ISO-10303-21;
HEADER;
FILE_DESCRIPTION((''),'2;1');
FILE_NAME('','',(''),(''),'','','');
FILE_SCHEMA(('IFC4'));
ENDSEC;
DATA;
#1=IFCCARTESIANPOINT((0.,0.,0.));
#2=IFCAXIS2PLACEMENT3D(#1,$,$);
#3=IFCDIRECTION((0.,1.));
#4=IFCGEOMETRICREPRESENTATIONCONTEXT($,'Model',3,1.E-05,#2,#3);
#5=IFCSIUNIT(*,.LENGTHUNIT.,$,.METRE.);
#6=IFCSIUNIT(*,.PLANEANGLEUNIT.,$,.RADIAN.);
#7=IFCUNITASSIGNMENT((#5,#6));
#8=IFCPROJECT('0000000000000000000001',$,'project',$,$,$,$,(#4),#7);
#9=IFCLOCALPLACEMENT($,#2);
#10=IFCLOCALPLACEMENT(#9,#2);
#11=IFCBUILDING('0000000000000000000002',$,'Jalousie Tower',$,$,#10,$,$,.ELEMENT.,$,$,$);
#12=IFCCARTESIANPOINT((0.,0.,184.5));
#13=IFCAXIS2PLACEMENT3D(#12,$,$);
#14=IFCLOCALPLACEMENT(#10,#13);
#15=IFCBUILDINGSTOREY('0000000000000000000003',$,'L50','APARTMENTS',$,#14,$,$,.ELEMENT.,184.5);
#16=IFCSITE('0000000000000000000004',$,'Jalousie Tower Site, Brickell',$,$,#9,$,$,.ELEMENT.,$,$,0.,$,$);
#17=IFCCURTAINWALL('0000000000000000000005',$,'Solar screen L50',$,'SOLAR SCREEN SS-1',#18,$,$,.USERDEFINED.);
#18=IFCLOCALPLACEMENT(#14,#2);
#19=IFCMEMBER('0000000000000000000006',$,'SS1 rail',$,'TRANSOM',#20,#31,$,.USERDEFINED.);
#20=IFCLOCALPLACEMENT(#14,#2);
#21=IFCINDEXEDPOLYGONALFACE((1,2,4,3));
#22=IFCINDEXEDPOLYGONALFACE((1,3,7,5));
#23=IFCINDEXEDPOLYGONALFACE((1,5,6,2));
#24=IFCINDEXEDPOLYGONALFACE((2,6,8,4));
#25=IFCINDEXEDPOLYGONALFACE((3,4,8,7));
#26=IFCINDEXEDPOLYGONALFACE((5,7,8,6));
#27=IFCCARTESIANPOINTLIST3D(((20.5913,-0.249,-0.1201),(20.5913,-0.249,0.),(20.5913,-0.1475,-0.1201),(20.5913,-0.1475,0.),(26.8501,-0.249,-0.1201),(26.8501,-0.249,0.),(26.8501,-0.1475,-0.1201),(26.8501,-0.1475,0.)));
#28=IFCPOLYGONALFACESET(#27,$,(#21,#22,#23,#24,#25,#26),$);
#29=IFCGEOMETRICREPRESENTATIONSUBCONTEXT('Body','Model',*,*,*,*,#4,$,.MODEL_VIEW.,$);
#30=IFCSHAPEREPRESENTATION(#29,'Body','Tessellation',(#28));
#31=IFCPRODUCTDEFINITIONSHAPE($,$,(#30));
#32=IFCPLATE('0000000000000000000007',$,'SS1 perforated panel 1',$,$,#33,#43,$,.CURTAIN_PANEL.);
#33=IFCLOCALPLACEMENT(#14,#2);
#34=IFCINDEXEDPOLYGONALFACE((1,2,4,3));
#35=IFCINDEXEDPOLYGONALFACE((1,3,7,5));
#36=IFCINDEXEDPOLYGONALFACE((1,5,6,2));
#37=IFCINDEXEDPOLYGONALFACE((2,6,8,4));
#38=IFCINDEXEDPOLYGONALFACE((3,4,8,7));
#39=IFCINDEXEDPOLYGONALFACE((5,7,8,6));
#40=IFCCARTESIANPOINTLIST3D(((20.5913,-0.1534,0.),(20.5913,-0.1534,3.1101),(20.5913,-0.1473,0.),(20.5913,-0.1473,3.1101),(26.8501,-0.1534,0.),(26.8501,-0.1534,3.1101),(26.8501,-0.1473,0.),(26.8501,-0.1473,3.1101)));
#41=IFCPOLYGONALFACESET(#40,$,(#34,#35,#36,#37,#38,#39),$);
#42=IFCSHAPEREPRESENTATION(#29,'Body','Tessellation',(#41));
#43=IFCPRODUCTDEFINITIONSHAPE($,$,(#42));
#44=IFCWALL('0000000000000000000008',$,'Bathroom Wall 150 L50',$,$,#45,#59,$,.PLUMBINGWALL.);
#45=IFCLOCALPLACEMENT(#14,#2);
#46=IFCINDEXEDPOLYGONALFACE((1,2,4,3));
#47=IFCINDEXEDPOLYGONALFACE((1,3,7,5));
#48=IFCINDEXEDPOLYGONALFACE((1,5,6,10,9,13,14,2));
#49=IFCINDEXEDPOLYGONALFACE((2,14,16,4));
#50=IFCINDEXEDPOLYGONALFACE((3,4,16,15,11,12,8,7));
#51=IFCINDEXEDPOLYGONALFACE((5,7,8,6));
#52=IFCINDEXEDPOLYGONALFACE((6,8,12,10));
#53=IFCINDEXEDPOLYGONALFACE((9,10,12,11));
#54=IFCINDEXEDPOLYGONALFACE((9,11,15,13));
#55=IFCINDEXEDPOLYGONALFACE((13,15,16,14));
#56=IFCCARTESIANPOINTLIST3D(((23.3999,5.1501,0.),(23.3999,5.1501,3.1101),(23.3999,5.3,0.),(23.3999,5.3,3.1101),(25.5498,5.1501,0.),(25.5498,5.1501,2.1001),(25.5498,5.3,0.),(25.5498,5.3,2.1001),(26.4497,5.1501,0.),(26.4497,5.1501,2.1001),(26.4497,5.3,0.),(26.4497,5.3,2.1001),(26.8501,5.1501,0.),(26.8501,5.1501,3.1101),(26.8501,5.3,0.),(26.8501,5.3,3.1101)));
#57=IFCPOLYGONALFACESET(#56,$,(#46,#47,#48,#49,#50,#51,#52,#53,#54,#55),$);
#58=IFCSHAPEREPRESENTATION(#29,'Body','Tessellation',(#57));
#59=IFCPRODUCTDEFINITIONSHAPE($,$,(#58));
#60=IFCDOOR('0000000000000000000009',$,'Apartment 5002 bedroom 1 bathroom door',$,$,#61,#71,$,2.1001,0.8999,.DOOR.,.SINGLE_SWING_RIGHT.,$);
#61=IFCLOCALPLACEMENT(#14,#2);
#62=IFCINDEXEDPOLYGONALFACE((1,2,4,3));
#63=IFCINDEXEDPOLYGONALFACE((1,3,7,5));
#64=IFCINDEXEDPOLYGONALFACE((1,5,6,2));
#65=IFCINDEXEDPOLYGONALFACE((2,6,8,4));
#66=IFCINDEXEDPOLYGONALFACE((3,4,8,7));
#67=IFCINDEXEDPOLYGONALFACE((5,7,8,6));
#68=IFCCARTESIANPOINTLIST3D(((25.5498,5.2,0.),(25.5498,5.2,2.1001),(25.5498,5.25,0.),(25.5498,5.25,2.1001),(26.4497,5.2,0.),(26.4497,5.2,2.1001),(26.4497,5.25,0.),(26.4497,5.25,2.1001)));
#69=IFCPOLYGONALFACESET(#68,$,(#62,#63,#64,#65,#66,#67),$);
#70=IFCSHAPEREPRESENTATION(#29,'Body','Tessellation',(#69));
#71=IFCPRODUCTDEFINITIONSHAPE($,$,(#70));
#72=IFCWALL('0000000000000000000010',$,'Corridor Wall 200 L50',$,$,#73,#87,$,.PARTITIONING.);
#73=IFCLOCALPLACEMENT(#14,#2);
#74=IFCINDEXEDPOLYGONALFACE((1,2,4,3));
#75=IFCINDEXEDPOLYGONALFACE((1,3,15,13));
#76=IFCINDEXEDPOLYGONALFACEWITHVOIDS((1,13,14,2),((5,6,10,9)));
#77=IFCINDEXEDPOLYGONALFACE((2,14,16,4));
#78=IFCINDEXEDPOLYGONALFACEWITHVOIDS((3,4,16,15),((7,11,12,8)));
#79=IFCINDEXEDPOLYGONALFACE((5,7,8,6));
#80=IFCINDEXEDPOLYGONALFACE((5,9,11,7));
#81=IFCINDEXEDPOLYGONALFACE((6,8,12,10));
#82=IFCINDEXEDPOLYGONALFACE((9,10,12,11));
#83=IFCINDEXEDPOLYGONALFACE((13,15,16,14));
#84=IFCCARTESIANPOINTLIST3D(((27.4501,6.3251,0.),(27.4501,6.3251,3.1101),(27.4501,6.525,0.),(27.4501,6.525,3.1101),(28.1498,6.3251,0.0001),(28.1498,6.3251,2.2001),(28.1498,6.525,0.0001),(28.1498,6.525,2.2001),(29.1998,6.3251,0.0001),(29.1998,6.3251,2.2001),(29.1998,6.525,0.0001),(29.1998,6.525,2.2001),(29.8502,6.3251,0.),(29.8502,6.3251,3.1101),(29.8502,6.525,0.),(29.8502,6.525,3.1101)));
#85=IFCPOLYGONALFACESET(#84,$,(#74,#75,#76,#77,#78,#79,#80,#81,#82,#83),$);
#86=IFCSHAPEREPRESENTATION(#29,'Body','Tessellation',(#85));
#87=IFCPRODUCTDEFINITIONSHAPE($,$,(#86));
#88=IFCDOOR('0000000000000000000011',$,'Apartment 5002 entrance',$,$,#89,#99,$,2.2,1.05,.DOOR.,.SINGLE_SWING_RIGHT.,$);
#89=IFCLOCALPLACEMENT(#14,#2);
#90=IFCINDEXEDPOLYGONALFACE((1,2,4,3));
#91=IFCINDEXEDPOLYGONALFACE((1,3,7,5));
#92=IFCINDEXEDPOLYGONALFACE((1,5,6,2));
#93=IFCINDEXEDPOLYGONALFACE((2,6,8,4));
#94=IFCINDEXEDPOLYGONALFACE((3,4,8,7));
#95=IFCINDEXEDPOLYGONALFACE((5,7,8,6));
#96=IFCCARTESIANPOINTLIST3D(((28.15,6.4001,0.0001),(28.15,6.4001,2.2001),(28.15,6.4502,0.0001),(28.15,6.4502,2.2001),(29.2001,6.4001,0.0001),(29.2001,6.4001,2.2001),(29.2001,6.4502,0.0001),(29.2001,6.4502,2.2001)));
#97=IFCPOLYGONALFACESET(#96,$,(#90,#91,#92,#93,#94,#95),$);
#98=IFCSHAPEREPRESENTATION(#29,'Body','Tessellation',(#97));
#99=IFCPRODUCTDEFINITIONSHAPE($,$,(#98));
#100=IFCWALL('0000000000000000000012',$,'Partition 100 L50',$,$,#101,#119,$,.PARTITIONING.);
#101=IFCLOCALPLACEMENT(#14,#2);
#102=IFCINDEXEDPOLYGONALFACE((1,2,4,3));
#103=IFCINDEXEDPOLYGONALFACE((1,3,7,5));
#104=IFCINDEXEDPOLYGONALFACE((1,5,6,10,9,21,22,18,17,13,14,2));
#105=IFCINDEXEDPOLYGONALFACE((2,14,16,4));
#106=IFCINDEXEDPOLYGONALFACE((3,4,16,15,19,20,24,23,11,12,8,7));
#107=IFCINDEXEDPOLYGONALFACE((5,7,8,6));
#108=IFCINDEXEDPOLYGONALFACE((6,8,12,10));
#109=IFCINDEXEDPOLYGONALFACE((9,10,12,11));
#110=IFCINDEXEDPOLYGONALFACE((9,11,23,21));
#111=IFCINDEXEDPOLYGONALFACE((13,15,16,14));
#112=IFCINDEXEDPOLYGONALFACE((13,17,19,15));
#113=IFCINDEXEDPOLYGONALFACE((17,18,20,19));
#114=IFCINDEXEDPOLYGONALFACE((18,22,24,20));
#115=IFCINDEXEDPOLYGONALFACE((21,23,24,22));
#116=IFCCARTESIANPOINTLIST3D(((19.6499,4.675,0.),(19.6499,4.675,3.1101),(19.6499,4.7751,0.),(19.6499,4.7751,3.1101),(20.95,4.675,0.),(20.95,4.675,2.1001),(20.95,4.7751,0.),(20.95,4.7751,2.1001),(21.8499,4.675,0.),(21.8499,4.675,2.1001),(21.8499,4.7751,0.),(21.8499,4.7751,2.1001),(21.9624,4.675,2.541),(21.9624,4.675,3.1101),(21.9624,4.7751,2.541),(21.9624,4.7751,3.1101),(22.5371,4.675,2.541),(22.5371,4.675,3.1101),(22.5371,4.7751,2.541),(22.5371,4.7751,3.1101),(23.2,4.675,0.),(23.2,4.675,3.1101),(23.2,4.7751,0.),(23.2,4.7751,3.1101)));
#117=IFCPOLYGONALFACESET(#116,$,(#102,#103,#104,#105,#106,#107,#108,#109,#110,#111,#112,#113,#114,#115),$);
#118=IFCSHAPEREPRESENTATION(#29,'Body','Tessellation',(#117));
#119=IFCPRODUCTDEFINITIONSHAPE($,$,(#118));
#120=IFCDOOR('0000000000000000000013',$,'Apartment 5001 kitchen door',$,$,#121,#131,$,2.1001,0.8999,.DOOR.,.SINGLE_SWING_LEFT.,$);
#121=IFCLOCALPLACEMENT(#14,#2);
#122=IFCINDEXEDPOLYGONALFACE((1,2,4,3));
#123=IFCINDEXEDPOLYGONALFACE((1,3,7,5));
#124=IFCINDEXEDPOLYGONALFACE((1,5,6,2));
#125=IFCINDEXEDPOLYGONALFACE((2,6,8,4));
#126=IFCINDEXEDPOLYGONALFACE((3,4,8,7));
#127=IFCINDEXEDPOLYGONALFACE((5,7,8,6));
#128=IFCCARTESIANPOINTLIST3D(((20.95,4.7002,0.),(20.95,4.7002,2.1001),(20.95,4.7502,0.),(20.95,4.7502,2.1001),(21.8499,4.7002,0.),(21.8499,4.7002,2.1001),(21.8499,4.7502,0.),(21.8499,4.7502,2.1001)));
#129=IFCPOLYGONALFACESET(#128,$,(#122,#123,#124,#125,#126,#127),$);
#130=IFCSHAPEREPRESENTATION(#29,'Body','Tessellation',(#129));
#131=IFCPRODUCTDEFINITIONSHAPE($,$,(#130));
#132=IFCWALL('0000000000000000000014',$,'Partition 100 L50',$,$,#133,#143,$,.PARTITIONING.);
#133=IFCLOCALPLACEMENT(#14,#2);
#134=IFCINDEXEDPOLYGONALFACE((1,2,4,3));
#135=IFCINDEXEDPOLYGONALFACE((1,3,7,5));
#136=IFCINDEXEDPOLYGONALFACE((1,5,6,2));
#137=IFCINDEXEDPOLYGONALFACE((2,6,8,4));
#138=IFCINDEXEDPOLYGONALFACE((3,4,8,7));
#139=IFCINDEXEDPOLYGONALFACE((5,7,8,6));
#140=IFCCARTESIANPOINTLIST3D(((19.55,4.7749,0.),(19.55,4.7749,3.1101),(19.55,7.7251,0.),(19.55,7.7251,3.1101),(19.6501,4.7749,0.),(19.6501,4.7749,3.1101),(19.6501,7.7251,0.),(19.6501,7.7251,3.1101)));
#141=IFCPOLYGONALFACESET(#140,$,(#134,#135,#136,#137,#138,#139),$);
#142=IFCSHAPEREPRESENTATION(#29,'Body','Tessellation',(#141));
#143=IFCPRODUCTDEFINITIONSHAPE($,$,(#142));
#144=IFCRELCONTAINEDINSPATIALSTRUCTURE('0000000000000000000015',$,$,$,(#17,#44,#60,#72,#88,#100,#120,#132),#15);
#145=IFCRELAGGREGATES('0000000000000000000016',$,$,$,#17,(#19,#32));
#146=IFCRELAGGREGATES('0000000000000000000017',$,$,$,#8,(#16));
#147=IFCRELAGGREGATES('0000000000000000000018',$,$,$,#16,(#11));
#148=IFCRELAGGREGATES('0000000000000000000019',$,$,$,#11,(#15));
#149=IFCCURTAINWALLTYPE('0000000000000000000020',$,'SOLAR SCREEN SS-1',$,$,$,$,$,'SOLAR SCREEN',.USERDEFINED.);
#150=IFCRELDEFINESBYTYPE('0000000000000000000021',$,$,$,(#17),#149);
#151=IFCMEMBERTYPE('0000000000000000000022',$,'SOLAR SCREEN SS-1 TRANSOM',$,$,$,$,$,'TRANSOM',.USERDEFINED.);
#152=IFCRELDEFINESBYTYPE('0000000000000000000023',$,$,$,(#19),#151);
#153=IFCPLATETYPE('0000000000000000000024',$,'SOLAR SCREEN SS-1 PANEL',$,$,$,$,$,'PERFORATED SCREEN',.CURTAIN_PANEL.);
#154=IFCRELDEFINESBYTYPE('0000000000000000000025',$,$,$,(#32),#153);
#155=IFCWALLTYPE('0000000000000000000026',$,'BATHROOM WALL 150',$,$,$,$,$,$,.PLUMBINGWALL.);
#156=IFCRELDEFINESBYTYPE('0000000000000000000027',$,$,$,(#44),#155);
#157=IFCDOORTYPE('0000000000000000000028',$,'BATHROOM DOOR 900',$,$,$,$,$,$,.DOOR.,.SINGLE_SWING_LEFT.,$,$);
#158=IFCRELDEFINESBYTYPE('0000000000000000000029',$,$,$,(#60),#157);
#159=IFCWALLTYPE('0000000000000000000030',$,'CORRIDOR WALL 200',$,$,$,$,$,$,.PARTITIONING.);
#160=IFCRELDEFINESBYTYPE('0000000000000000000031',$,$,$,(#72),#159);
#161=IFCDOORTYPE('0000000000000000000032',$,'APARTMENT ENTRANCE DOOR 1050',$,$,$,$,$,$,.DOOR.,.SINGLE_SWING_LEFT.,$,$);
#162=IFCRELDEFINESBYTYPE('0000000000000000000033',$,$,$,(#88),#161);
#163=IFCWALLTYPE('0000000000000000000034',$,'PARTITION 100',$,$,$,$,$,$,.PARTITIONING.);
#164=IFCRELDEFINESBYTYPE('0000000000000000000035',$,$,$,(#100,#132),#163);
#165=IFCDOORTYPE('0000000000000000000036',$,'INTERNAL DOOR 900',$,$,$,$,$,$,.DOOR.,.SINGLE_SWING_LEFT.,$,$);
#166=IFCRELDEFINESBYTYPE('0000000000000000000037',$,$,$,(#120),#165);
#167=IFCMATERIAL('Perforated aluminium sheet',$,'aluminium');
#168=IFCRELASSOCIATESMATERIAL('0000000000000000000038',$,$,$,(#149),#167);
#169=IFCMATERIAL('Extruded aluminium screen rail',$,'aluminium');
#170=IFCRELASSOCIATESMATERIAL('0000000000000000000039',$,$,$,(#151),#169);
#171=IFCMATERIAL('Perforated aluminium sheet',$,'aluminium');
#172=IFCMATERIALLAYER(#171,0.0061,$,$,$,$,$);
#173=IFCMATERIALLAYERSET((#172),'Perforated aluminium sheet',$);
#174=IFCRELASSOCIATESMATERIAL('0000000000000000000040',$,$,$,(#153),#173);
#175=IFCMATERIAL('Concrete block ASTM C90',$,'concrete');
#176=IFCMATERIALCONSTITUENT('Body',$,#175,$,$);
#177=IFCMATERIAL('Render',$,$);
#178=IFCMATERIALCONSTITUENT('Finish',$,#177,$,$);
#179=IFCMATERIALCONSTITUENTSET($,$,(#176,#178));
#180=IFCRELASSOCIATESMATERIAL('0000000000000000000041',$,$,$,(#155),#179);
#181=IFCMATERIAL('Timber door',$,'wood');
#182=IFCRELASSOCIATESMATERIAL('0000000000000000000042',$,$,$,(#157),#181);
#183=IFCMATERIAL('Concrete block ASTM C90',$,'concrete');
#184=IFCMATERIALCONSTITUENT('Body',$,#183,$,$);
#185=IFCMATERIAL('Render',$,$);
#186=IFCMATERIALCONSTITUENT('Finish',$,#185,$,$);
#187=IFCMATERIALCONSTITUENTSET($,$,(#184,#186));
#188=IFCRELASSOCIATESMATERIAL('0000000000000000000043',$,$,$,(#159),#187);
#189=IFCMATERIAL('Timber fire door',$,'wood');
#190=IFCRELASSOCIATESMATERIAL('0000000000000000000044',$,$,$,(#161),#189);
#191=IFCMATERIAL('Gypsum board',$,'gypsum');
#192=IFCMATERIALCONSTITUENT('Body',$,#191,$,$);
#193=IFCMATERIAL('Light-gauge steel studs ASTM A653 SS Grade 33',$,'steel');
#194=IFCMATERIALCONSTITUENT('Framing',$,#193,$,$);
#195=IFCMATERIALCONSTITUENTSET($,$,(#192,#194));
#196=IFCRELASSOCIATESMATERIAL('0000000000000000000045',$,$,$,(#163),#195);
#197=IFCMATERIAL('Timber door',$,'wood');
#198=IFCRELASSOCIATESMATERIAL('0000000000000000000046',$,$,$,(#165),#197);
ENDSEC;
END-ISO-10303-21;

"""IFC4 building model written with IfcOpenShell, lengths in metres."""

from ifc_helpers import new_model, si_unit, direction, frame, frame_2d, origin, origin_2d, place, context, subcontext, project, spatial, polyline, rectangle, outline, extrude, material, layer, layer_set, constituent, constituent_set, material_profile, profile_set, type_object, element, fill, aggregate, save


model = new_model("IFC4")

# Units and contexts
model_context = context("Model", 3, precision=1e-05, world=origin(), true_north=direction((0.0, 1.0)))
body_context = subcontext(model_context, "Body", "Model", "MODEL_VIEW")
ifc_project = project(units=[si_unit("LENGTHUNIT", "METRE"), si_unit("PLANEANGLEUNIT", "RADIAN")], contexts=[model_context])

# Site, building, storey
site_placement = place(None, origin())
site = spatial("IfcSite", under=ifc_project, at=site_placement, Name="Jalousie Tower Site, Brickell", CompositionType="ELEMENT", RefElevation=0.0)
building_placement = place(site_placement, origin())
building = spatial("IfcBuilding", under=site, at=building_placement, Name="Jalousie Tower", CompositionType="ELEMENT")
storey_placement = place(building_placement, frame((0.0, 0.0, 184.5)))
storey = spatial("IfcBuildingStorey", under=building, at=storey_placement, Name="L50", Description="APARTMENTS", CompositionType="ELEMENT", Elevation=184.5)

# Curtain wall, member, plate
ifc_material_1 = material(Name="Perforated aluminium sheet", Category="aluminium")
curtain_wall_type = type_object("IfcCurtainWallType", Name="SOLAR SCREEN SS-1", ElementType="SOLAR SCREEN", PredefinedType="USERDEFINED", material=ifc_material_1)
curtain_wall_placement = place(storey_placement, origin())
curtain_wall = element("IfcCurtainWall", 1, at=curtain_wall_placement, inside=storey, type_object=curtain_wall_type, Name="Solar screen L50", ObjectType="SOLAR SCREEN SS-1", PredefinedType="USERDEFINED")
ifc_material_2 = material(Name="Extruded aluminium screen rail", Category="aluminium")
ifc_material_profile_1 = material_profile(ifc_material_2, rectangle(XDim=0.1016, YDim=0.1201, at=origin_2d()), Name="RAIL 102x120")
ifc_profile_set_1 = profile_set([ifc_material_profile_1], Name="Extruded aluminium screen rail")
member_type_1 = type_object("IfcMemberType", Name="SOLAR SCREEN SS-1 TRANSOM", ElementType="TRANSOM", PredefinedType="USERDEFINED", material=ifc_profile_set_1)
member_1_placement = place(storey_placement, frame((20.5913, -0.1982, -0.0601), z_axis=(1.0, 0.0, 0.0), x_axis=(0.0, 1.0, 0.0)))
member_1 = element("IfcMember", 2, at=member_1_placement, type_object=member_type_1, Name="SS1 rail", ObjectType="TRANSOM", PredefinedType="USERDEFINED", context=body_context, shape_type="SweptSolid", body=[
    extrude(rectangle(XDim=0.1016, YDim=0.1201, at=origin_2d()), origin(), (0.0, 0.0, 1.0), 6.2588),
])
ifc_material_3 = material(Name="Perforated aluminium sheet", Category="aluminium")
ifc_layer_1 = layer(ifc_material_3, 0.0061)
ifc_layer_set_1 = layer_set([ifc_layer_1], Name="Perforated aluminium sheet")
plate_type = type_object("IfcPlateType", Name="SOLAR SCREEN SS-1 PANEL", ElementType="PERFORATED SCREEN", PredefinedType="CURTAIN_PANEL", material=ifc_layer_set_1)
plate_placement = place(storey_placement, frame((23.7207, -0.1504, 0.0), z_axis=(0.0, 0.0, 1.0), x_axis=(1.0, 0.0, 0.0)))
plate = element("IfcPlate", 3, at=plate_placement, type_object=plate_type, Name="SS1 perforated panel 1", PredefinedType="CURTAIN_PANEL", context=body_context, shape_type="SweptSolid", body=[
    extrude(rectangle(XDim=6.2588, YDim=0.0061, at=origin_2d()), origin(), (0.0, 0.0, 1.0), 3.1101),
])
aggregate(curtain_wall, [member_1, plate])

# Walls, openings, doors
ifc_material_4 = material(Name="Concrete block ASTM C90", Category="concrete")
ifc_constituent_1 = constituent(ifc_material_4, Name="Body")
ifc_material_5 = material(Name="Render")
ifc_constituent_2 = constituent(ifc_material_5, Name="Finish")
ifc_constituent_set_1 = constituent_set(constituents=[ifc_constituent_1, ifc_constituent_2])
wall_type_1 = type_object("IfcWallType", Name="BATHROOM WALL 150", PredefinedType="PLUMBINGWALL", material=ifc_constituent_set_1)
wall_1_placement = place(storey_placement, frame((23.3999, 5.2251, 0.0), z_axis=(0.0, 0.0, 1.0), x_axis=(1.0, 0.0, 0.0)))
wall_1 = element("IfcWall", 4, at=wall_1_placement, inside=storey, type_object=wall_type_1, Name="Bathroom Wall 150 L50", PredefinedType="PLUMBINGWALL", context=body_context, shape_type="SweptSolid", body=[
    extrude(rectangle(XDim=3.4502, YDim=0.1499, at=frame_2d((1.7251, 0.0))), origin(), (0.0, 0.0, 1.0), 3.1101),
])
opening_1_placement = place(wall_1_placement, frame((2.1499, 0.0, 0.0)))
opening_1 = element("IfcOpeningElement", 5, at=opening_1_placement, cuts=wall_1, PredefinedType="OPENING", context=body_context, shape_type="SweptSolid", body=[
    extrude(rectangle(XDim=0.8999, YDim=2.1001, at=frame_2d((0.45, 1.05))), frame((0.0, 0.085, 0.0), z_axis=(0.0, -1.0, 0.0), x_axis=(1.0, 0.0, 0.0)), (0.0, 0.0, 1.0), 0.1699),
])
ifc_material_6 = material(Name="Timber door", Category="wood")
door_type_1 = type_object("IfcDoorType", Name="BATHROOM DOOR 900", OperationType="SINGLE_SWING_LEFT", PredefinedType="DOOR", material=ifc_material_6)
door_1_placement = place(opening_1_placement, origin())
door_1 = element("IfcDoor", 6, at=door_1_placement, inside=storey, type_object=door_type_1, Name="Apartment 5002 bedroom 1 bathroom door", OperationType="SINGLE_SWING_RIGHT", OverallHeight=2.1001, OverallWidth=0.8999, PredefinedType="DOOR", context=body_context, shape_type="SweptSolid", body=[
    extrude(rectangle(XDim=0.8999, YDim=2.1001, at=frame_2d((0.45, 1.05))), frame((0.0, 0.0249, 0.0), z_axis=(0.0, -1.0, 0.0), x_axis=(1.0, 0.0, 0.0)), (0.0, 0.0, 1.0), 0.05),
])
fill(opening_1, door_1)
ifc_material_7 = material(Name="Concrete block ASTM C90", Category="concrete")
ifc_constituent_3 = constituent(ifc_material_7, Name="Body")
ifc_material_8 = material(Name="Render")
ifc_constituent_4 = constituent(ifc_material_8, Name="Finish")
ifc_constituent_set_2 = constituent_set(constituents=[ifc_constituent_3, ifc_constituent_4])
wall_type_2 = type_object("IfcWallType", Name="CORRIDOR WALL 200", PredefinedType="PARTITIONING", material=ifc_constituent_set_2)
wall_2_placement = place(storey_placement, frame((27.45, 6.425, 0.0), z_axis=(0.0, 0.0, 1.0), x_axis=(1.0, 0.0, 0.0)))
wall_2 = element("IfcWall", 7, at=wall_2_placement, inside=storey, type_object=wall_type_2, Name="Corridor Wall 200 L50", PredefinedType="PARTITIONING", context=body_context, shape_type="SweptSolid", body=[
    extrude(rectangle(XDim=2.4001, YDim=0.2, at=frame_2d((1.2002, 0.0))), origin(), (0.0, 0.0, 1.0), 3.1101),
])
opening_2_placement = place(wall_2_placement, frame((0.7, 0.0, 0.0)))
opening_2 = element("IfcOpeningElement", 8, at=opening_2_placement, cuts=wall_2, PredefinedType="OPENING", context=body_context, shape_type="SweptSolid", body=[
    extrude(rectangle(XDim=1.05, YDim=2.2, at=frame_2d((0.5249, 1.1001))), frame((0.0, 0.1099, 0.0), z_axis=(0.0, -1.0, 0.0), x_axis=(1.0, 0.0, 0.0)), (0.0, 0.0, 1.0), 0.22),
])
ifc_material_9 = material(Name="Timber fire door", Category="wood")
door_type_2 = type_object("IfcDoorType", Name="APARTMENT ENTRANCE DOOR 1050", OperationType="SINGLE_SWING_LEFT", PredefinedType="DOOR", material=ifc_material_9)
door_2_placement = place(opening_2_placement, frame((1.05, 0.0, 0.0), z_axis=(0.0, 0.0, 1.0), x_axis=(-1.0, 0.0, 0.0)))
door_2 = element("IfcDoor", 9, at=door_2_placement, inside=storey, type_object=door_type_2, Name="Apartment 5002 entrance", OperationType="SINGLE_SWING_RIGHT", OverallHeight=2.2, OverallWidth=1.05, PredefinedType="DOOR", context=body_context, shape_type="SweptSolid", body=[
    extrude(rectangle(XDim=1.05, YDim=2.2, at=frame_2d((0.5249, 1.1001))), frame((0.0, 0.0249, 0.0), z_axis=(0.0, -1.0, 0.0), x_axis=(1.0, 0.0, 0.0)), (0.0, 0.0, 1.0), 0.05),
])
fill(opening_2, door_2)
ifc_material_10 = material(Name="Gypsum board", Category="gypsum")
ifc_constituent_5 = constituent(ifc_material_10, Name="Body")
ifc_material_11 = material(Name="Light-gauge steel studs ASTM A653 SS Grade 33", Category="steel")
ifc_constituent_6 = constituent(ifc_material_11, Name="Framing")
ifc_constituent_set_3 = constituent_set(constituents=[ifc_constituent_5, ifc_constituent_6])
wall_type_3 = type_object("IfcWallType", Name="PARTITION 100", PredefinedType="PARTITIONING", material=ifc_constituent_set_3)
wall_3_placement = place(storey_placement, frame((19.6499, 4.7251, 0.0), z_axis=(0.0, 0.0, 1.0), x_axis=(1.0, 0.0, 0.0)))
wall_3 = element("IfcWall", 10, at=wall_3_placement, inside=storey, type_object=wall_type_3, Name="Partition 100 L50", PredefinedType="PARTITIONING", context=body_context, shape_type="SweptSolid", body=[
    extrude(outline(polyline([(0.0, 0.0), (3.55, 0.0), (3.55, 3.1101), (2.8872, 3.1101), (2.8872, 2.541), (2.3125, 2.541), (2.3125, 3.1101), (0.0, 3.1101), (0.0, 0.0)])), frame((0.0, 0.05, 0.0), z_axis=(0.0, -1.0, 0.0), x_axis=(1.0, 0.0, 0.0)), (0.0, 0.0, 1.0), 0.1001),
])
opening_3_placement = place(wall_3_placement, frame((1.3, 0.0, 0.0)))
opening_3 = element("IfcOpeningElement", 11, at=opening_3_placement, cuts=wall_3, PredefinedType="OPENING", context=body_context, shape_type="SweptSolid", body=[
    extrude(rectangle(XDim=0.8999, YDim=2.1001, at=frame_2d((0.45, 1.05))), frame((0.0, 0.0601, 0.0), z_axis=(0.0, -1.0, 0.0), x_axis=(1.0, 0.0, 0.0)), (0.0, 0.0, 1.0), 0.1201),
])
ifc_material_12 = material(Name="Timber door", Category="wood")
door_type_3 = type_object("IfcDoorType", Name="INTERNAL DOOR 900", OperationType="SINGLE_SWING_LEFT", PredefinedType="DOOR", material=ifc_material_12)
door_3_placement = place(opening_3_placement, frame((0.8999, 0.0, 0.0), z_axis=(0.0, 0.0, 1.0), x_axis=(-1.0, 0.0, 0.0)))
door_3 = element("IfcDoor", 12, at=door_3_placement, inside=storey, type_object=door_type_3, Name="Apartment 5001 kitchen door", OperationType="SINGLE_SWING_LEFT", OverallHeight=2.1001, OverallWidth=0.8999, PredefinedType="DOOR", context=body_context, shape_type="SweptSolid", body=[
    extrude(rectangle(XDim=0.8999, YDim=2.1001, at=frame_2d((0.45, 1.05))), frame((0.0, 0.0249, 0.0), z_axis=(0.0, -1.0, 0.0), x_axis=(1.0, 0.0, 0.0)), (0.0, 0.0, 1.0), 0.05),
])
fill(opening_3, door_3)

# Wall
wall_4_placement = place(storey_placement, frame((19.6001, 4.7749, 0.0), z_axis=(0.0, 0.0, 1.0), x_axis=(0.0, 1.0, 0.0)))
element("IfcWall", 13, at=wall_4_placement, inside=storey, type_object=wall_type_3, Name="Partition 100 L50", PredefinedType="PARTITIONING", context=body_context, shape_type="SweptSolid", body=[
    extrude(rectangle(XDim=2.9502, YDim=0.1001, at=frame_2d((1.4751, 0.0))), origin(), (0.0, 0.0, 1.0), 3.1101),
])

save(model, "model.ifc")
